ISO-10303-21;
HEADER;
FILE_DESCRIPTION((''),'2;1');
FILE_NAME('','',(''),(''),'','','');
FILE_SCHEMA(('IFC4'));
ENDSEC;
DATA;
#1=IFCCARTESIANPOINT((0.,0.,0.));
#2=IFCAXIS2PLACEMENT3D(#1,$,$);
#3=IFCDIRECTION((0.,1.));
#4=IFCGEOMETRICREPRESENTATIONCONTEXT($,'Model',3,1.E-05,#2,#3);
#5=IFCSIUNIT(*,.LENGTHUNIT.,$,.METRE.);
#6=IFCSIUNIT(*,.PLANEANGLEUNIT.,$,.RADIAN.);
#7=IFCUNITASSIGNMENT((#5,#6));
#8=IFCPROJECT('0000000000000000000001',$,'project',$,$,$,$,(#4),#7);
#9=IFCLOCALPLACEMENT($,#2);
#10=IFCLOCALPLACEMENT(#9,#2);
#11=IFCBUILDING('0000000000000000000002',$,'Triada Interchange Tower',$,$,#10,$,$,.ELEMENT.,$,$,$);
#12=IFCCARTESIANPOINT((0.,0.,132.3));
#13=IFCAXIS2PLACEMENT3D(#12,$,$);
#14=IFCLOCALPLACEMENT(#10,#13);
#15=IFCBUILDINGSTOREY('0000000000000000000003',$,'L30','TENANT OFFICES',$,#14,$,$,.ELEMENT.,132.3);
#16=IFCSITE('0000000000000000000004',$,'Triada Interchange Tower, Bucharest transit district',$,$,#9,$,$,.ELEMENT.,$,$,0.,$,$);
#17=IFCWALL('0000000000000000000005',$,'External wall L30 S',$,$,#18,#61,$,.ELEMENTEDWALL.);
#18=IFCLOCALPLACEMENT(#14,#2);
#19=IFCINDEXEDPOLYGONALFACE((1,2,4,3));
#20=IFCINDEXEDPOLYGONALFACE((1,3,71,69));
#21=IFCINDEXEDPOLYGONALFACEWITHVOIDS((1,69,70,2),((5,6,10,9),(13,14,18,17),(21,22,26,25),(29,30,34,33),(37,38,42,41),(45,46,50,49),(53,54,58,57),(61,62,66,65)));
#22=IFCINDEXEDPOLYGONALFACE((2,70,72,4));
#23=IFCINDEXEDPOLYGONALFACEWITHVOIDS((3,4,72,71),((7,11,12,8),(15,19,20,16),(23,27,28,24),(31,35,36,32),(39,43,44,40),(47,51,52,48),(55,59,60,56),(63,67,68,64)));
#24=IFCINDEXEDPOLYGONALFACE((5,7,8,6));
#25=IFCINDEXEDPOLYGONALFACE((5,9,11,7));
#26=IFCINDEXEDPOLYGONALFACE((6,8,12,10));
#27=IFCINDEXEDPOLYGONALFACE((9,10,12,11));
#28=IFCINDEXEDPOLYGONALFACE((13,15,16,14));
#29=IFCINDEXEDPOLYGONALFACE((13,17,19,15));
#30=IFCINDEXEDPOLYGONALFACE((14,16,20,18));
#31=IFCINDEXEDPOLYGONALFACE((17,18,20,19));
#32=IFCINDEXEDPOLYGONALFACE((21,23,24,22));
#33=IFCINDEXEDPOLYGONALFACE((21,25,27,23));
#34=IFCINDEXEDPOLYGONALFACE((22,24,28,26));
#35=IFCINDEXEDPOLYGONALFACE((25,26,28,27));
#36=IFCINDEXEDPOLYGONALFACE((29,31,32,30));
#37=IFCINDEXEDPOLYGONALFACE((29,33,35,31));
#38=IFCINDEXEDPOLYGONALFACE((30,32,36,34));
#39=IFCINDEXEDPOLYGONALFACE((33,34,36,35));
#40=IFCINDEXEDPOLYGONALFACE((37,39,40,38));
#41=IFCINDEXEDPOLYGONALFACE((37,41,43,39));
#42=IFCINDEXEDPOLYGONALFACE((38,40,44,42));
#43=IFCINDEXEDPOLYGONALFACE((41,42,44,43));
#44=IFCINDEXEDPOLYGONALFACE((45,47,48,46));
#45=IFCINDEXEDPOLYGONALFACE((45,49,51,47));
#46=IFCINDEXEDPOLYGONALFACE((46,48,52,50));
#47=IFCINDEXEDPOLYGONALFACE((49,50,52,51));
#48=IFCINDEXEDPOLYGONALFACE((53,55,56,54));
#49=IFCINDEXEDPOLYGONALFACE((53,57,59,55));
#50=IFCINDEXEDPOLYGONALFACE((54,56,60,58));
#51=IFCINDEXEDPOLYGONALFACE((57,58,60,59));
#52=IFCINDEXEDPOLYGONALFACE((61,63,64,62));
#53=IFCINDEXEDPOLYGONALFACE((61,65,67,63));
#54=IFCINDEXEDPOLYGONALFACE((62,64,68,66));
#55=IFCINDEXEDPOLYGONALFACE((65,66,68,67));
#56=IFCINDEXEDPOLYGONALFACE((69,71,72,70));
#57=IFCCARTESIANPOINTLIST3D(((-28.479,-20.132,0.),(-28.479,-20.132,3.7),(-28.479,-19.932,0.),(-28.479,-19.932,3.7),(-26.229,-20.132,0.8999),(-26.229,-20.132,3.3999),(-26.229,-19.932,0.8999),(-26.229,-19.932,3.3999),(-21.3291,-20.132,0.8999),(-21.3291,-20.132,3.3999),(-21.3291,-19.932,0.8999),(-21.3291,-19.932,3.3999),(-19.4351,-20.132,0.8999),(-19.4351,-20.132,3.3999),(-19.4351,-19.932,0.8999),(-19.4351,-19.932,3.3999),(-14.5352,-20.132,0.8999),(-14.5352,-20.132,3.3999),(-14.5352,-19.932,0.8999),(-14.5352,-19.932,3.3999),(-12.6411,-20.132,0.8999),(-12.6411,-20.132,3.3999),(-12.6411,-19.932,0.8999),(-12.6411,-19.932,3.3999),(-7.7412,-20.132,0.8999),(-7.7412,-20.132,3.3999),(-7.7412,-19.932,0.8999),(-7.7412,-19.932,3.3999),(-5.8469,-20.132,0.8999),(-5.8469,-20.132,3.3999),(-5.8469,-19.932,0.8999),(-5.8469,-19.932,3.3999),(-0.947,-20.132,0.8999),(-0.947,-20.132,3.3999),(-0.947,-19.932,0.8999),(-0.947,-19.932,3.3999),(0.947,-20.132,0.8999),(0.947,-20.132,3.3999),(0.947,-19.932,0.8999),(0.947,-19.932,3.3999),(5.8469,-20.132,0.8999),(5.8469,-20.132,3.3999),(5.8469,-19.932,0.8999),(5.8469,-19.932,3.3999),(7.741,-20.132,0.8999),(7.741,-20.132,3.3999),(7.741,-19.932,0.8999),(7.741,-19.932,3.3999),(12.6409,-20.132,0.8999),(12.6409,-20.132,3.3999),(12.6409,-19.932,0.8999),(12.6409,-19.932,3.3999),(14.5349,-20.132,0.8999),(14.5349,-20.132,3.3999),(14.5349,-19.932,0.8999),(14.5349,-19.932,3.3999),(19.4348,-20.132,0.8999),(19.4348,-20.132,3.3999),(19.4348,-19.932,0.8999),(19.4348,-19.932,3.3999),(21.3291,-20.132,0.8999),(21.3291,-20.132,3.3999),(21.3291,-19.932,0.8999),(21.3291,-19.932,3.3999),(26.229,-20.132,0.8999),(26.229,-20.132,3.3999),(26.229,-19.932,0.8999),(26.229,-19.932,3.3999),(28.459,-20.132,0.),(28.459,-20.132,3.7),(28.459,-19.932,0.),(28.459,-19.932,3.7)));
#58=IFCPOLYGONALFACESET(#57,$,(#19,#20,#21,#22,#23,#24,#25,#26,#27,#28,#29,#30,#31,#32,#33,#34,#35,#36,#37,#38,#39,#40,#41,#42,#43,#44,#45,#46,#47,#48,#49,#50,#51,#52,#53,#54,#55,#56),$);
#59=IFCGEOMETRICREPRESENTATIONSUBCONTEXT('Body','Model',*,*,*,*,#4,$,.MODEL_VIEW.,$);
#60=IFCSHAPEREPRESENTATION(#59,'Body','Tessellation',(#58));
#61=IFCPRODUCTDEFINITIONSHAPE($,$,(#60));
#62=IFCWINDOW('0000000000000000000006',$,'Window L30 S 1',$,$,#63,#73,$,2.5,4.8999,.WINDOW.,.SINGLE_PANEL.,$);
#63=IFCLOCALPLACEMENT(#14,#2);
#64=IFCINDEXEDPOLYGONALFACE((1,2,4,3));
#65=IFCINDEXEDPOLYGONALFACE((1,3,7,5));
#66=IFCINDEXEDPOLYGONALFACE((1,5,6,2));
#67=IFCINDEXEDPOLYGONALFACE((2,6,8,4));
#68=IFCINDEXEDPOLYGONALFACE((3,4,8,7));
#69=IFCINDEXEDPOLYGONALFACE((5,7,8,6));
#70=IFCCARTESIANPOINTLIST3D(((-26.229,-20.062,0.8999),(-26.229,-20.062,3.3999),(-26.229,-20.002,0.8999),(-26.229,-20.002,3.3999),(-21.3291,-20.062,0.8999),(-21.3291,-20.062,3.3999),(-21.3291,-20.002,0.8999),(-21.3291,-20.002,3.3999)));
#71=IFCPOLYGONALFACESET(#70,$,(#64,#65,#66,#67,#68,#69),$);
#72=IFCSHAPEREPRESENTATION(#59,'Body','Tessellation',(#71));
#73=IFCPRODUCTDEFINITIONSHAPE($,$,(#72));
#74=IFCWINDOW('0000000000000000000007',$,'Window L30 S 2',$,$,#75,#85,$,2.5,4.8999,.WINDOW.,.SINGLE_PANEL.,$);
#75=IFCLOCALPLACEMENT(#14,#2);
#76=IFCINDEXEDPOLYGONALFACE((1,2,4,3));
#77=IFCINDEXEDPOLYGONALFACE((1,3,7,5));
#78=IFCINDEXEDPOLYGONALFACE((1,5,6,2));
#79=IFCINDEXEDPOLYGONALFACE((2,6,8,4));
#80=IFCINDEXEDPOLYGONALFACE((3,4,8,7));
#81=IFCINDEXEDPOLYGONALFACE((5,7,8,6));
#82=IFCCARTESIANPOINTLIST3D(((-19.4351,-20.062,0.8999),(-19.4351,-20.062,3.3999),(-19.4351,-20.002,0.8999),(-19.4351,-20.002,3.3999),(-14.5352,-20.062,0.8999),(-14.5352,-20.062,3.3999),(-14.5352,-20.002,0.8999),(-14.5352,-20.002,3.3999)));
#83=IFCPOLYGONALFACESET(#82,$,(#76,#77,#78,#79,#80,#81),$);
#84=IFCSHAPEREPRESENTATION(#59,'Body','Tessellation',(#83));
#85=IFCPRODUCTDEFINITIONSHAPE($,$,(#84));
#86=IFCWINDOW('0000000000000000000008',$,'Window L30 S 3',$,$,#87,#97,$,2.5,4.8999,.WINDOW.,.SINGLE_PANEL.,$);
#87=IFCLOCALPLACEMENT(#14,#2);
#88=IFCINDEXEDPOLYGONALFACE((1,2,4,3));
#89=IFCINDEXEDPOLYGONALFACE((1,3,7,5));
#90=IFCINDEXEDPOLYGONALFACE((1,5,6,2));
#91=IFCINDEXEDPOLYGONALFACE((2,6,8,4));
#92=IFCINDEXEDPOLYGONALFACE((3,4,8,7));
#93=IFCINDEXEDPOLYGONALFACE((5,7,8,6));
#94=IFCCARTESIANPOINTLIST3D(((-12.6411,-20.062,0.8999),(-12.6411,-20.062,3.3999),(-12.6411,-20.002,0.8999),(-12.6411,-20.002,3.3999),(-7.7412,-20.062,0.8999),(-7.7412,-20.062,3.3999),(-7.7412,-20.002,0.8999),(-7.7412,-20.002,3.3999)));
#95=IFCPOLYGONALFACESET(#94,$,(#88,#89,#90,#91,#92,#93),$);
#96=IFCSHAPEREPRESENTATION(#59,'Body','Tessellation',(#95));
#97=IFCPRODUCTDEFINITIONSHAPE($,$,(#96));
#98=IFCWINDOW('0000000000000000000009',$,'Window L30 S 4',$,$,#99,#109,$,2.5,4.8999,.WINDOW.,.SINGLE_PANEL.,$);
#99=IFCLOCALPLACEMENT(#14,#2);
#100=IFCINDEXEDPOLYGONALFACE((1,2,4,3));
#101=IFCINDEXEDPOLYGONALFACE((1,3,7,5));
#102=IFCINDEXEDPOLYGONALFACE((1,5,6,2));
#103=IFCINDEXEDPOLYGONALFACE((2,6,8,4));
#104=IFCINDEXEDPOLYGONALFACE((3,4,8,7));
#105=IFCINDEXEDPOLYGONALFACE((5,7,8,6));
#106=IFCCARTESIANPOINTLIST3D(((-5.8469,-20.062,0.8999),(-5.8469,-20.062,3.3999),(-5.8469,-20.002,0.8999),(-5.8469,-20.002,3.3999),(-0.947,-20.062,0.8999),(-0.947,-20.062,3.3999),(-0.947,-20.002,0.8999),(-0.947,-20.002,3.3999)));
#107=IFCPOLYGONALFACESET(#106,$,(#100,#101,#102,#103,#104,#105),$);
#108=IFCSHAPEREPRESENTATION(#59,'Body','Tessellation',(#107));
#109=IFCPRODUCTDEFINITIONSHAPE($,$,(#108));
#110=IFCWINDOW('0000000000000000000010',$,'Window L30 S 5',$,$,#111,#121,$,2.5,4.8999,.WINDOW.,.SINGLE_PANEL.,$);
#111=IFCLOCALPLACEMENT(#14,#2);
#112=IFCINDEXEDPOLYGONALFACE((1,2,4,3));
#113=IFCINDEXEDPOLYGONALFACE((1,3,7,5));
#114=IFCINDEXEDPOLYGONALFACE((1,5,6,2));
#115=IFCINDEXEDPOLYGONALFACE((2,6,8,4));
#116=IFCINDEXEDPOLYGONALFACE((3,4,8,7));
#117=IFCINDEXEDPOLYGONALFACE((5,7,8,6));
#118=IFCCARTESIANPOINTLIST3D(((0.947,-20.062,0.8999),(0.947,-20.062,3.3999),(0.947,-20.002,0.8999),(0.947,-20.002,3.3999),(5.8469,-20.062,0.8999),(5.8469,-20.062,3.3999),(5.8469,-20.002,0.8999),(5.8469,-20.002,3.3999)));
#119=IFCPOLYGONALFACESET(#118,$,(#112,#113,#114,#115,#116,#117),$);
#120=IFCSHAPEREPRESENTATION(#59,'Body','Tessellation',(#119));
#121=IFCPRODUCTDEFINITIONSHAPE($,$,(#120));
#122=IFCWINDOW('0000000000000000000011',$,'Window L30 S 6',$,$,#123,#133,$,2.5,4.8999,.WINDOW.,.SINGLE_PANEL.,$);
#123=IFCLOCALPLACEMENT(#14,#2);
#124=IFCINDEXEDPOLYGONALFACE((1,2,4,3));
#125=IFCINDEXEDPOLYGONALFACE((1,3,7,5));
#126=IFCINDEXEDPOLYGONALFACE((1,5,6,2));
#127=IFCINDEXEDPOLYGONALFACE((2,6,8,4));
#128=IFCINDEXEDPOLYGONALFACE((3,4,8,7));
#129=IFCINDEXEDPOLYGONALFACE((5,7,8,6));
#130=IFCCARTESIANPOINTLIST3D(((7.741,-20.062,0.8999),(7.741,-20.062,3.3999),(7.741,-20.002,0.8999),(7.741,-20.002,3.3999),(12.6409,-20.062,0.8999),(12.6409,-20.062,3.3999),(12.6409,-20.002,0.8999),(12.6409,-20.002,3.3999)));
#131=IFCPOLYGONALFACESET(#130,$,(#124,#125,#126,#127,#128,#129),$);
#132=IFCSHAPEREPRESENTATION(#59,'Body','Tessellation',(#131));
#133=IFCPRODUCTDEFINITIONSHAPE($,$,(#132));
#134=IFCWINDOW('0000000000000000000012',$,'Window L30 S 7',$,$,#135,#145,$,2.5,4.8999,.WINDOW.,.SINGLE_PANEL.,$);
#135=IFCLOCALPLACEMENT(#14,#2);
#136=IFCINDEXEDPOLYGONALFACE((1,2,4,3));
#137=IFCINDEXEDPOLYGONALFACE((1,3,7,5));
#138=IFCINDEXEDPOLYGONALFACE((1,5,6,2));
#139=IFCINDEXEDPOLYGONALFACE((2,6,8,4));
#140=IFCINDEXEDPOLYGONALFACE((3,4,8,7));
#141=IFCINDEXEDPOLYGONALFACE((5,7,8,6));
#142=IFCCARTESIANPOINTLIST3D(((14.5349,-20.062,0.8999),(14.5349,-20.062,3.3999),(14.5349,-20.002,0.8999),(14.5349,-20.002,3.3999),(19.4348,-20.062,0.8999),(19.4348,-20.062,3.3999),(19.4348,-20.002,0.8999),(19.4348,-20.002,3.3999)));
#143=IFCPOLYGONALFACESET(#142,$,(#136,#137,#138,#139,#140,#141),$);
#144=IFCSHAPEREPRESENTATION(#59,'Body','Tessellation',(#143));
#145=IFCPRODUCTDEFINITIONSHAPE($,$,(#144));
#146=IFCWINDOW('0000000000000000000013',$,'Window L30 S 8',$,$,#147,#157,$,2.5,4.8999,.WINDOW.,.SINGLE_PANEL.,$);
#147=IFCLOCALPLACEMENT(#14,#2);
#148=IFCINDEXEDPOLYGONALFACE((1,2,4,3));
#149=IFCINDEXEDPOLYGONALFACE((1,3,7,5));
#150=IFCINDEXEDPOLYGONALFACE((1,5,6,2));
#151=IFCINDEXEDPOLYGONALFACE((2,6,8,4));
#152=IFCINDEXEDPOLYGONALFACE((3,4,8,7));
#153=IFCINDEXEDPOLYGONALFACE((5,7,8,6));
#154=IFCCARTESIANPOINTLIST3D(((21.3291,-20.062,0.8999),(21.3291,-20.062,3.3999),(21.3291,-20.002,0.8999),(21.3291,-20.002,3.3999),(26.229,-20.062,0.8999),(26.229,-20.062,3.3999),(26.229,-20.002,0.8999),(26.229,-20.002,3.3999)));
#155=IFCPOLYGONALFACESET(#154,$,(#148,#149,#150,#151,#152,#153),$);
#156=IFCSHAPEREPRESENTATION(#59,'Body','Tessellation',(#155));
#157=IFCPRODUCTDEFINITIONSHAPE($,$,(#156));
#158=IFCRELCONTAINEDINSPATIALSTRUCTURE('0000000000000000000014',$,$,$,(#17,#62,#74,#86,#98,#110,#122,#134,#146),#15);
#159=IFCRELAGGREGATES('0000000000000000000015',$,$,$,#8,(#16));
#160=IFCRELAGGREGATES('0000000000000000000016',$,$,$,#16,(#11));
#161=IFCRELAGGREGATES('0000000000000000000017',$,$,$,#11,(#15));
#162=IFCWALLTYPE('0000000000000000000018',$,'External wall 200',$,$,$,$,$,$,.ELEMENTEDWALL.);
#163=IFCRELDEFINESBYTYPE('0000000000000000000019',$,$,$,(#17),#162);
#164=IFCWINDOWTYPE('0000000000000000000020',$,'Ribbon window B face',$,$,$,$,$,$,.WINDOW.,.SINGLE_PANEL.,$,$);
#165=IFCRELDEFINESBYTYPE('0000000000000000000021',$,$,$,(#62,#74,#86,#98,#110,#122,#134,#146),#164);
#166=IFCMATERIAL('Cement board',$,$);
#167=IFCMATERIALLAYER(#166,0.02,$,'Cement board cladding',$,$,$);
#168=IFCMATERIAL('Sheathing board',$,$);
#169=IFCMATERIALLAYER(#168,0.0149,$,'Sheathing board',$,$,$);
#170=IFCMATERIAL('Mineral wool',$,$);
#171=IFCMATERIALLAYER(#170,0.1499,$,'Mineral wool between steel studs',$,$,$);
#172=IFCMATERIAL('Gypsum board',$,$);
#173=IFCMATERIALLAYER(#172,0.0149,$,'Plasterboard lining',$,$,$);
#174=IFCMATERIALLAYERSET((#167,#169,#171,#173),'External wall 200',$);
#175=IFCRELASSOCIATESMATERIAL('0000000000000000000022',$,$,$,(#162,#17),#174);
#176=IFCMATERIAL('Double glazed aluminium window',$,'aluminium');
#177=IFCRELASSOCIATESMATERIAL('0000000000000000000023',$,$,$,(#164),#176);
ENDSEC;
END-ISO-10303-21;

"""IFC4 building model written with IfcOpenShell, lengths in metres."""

from ifc_helpers import new_model, si_unit, direction, frame, frame_2d, origin, place, context, subcontext, project, spatial, rectangle, extrude, material, layer, layer_set, layer_usage, type_object, element, fill, save


model = new_model("IFC4")

# Units and contexts
model_context = context("Model", 3, precision=1e-05, world=origin(), true_north=direction((0.0, 1.0)))
body_context = subcontext(model_context, "Body", "Model", "MODEL_VIEW")
ifc_project = project(units=[si_unit("LENGTHUNIT", "METRE"), si_unit("PLANEANGLEUNIT", "RADIAN")], contexts=[model_context])

# Site, building, storey
site_placement = place(None, origin())
site = spatial("IfcSite", under=ifc_project, at=site_placement, Name="Triada Interchange Tower, Bucharest transit district", CompositionType="ELEMENT", RefElevation=0.0)
building_placement = place(site_placement, origin())
building = spatial("IfcBuilding", under=site, at=building_placement, Name="Triada Interchange Tower", CompositionType="ELEMENT")
storey_placement = place(building_placement, frame((0.0, 0.0, 132.3)))
storey = spatial("IfcBuildingStorey", under=building, at=storey_placement, Name="L30", Description="TENANT OFFICES", CompositionType="ELEMENT", Elevation=132.3)

# Shared definitions
ifc_material_1 = material(Name="Cement board")
ifc_layer_1 = layer(ifc_material_1, 0.02, Name="Cement board cladding")
ifc_material_2 = material(Name="Sheathing board")
ifc_layer_2 = layer(ifc_material_2, 0.0149, Name="Sheathing board")
ifc_material_3 = material(Name="Mineral wool")
ifc_layer_3 = layer(ifc_material_3, 0.1499, Name="Mineral wool between steel studs")
ifc_material_4 = material(Name="Gypsum board")
ifc_layer_4 = layer(ifc_material_4, 0.0149, Name="Plasterboard lining")
ifc_layer_set_1 = layer_set([ifc_layer_1, ifc_layer_2, ifc_layer_3, ifc_layer_4], Name="External wall 200")
ifc_layer_usage = layer_usage(ifc_layer_set_1, "AXIS2", "POSITIVE", -0.1001)
wall_type_1 = type_object("IfcWallType", Name="External wall 200", PredefinedType="ELEMENTEDWALL", material=ifc_layer_set_1)
ifc_material_5 = material(Name="Double glazed aluminium window", Category="aluminium")

# Wall, openings, windows
wall_1_placement = place(storey_placement, frame((-28.479, -20.032, 0.0), z_axis=(0.0, 0.0, 1.0), x_axis=(1.0, 0.0, 0.0)))
wall_1 = element("IfcWall", 1, at=wall_1_placement, inside=storey, type_object=wall_type_1, material=ifc_layer_usage, Name="External wall L30 S", PredefinedType="ELEMENTEDWALL", context=body_context, shape_type="SweptSolid", body=[
    extrude(rectangle(XDim=56.938, YDim=0.2, at=frame_2d((28.469, 0.0))), origin(), (0.0, 0.0, 1.0), 3.7),
])
opening_1_placement = place(wall_1_placement, frame((2.25, 0.0, 0.8999)))
opening_1 = element("IfcOpeningElement", 2, at=opening_1_placement, cuts=wall_1, PredefinedType="OPENING", context=body_context, shape_type="SweptSolid", body=[
    extrude(rectangle(XDim=4.8999, YDim=2.5, at=frame_2d((2.45, 1.25))), frame((0.0, 0.1099, 0.0), z_axis=(0.0, -1.0, 0.0), x_axis=(1.0, 0.0, 0.0)), (0.0, 0.0, 1.0), 0.22),
])
opening_2_placement = place(wall_1_placement, frame((9.0439, 0.0, 0.8999)))
opening_2 = element("IfcOpeningElement", 3, at=opening_2_placement, cuts=wall_1, PredefinedType="OPENING", context=body_context, shape_type="SweptSolid", body=[
    extrude(rectangle(XDim=4.8999, YDim=2.5, at=frame_2d((2.45, 1.25))), frame((0.0, 0.1099, 0.0), z_axis=(0.0, -1.0, 0.0), x_axis=(1.0, 0.0, 0.0)), (0.0, 0.0, 1.0), 0.22),
])
opening_3_placement = place(wall_1_placement, frame((15.8379, 0.0, 0.8999)))
opening_3 = element("IfcOpeningElement", 4, at=opening_3_placement, cuts=wall_1, PredefinedType="OPENING", context=body_context, shape_type="SweptSolid", body=[
    extrude(rectangle(XDim=4.8999, YDim=2.5, at=frame_2d((2.45, 1.25))), frame((0.0, 0.1099, 0.0), z_axis=(0.0, -1.0, 0.0), x_axis=(1.0, 0.0, 0.0)), (0.0, 0.0, 1.0), 0.22),
])
opening_4_placement = place(wall_1_placement, frame((22.6321, 0.0, 0.8999)))
opening_4 = element("IfcOpeningElement", 5, at=opening_4_placement, cuts=wall_1, PredefinedType="OPENING", context=body_context, shape_type="SweptSolid", body=[
    extrude(rectangle(XDim=4.8999, YDim=2.5, at=frame_2d((2.45, 1.25))), frame((0.0, 0.1099, 0.0), z_axis=(0.0, -1.0, 0.0), x_axis=(1.0, 0.0, 0.0)), (0.0, 0.0, 1.0), 0.22),
])
opening_5_placement = place(wall_1_placement, frame((29.426, 0.0, 0.8999)))
opening_5 = element("IfcOpeningElement", 6, at=opening_5_placement, cuts=wall_1, PredefinedType="OPENING", context=body_context, shape_type="SweptSolid", body=[
    extrude(rectangle(XDim=4.8999, YDim=2.5, at=frame_2d((2.45, 1.25))), frame((0.0, 0.1099, 0.0), z_axis=(0.0, -1.0, 0.0), x_axis=(1.0, 0.0, 0.0)), (0.0, 0.0, 1.0), 0.22),
])
opening_6_placement = place(wall_1_placement, frame((36.22, 0.0, 0.8999)))
opening_6 = element("IfcOpeningElement", 7, at=opening_6_placement, cuts=wall_1, PredefinedType="OPENING", context=body_context, shape_type="SweptSolid", body=[
    extrude(rectangle(XDim=4.8999, YDim=2.5, at=frame_2d((2.45, 1.25))), frame((0.0, 0.1099, 0.0), z_axis=(0.0, -1.0, 0.0), x_axis=(1.0, 0.0, 0.0)), (0.0, 0.0, 1.0), 0.22),
])
opening_7_placement = place(wall_1_placement, frame((43.0139, 0.0, 0.8999)))
opening_7 = element("IfcOpeningElement", 8, at=opening_7_placement, cuts=wall_1, PredefinedType="OPENING", context=body_context, shape_type="SweptSolid", body=[
    extrude(rectangle(XDim=4.8999, YDim=2.5, at=frame_2d((2.45, 1.25))), frame((0.0, 0.1099, 0.0), z_axis=(0.0, -1.0, 0.0), x_axis=(1.0, 0.0, 0.0)), (0.0, 0.0, 1.0), 0.22),
])
opening_8_placement = place(wall_1_placement, frame((49.8081, 0.0, 0.8999)))
opening_8 = element("IfcOpeningElement", 9, at=opening_8_placement, cuts=wall_1, PredefinedType="OPENING", context=body_context, shape_type="SweptSolid", body=[
    extrude(rectangle(XDim=4.8999, YDim=2.5, at=frame_2d((2.45, 1.25))), frame((0.0, 0.1099, 0.0), z_axis=(0.0, -1.0, 0.0), x_axis=(1.0, 0.0, 0.0)), (0.0, 0.0, 1.0), 0.22),
])
window_type_1 = type_object("IfcWindowType", Name="Ribbon window B face", PartitioningType="SINGLE_PANEL", PredefinedType="WINDOW", material=ifc_material_5)
window_1_placement = place(opening_1_placement, origin())
window_1 = element("IfcWindow", 10, at=window_1_placement, inside=storey, type_object=window_type_1, Name="Window L30 S 1", OverallHeight=2.5, OverallWidth=4.8999, PartitioningType="SINGLE_PANEL", PredefinedType="WINDOW", context=body_context, shape_type="SweptSolid", body=[
    extrude(rectangle(XDim=4.8999, YDim=2.5, at=frame_2d((2.45, 1.25))), frame((0.0, 0.03, 0.0), z_axis=(0.0, -1.0, 0.0), x_axis=(1.0, 0.0, 0.0)), (0.0, 0.0, 1.0), 0.0601),
])
fill(opening_1, window_1)
window_2_placement = place(opening_2_placement, origin())
window_2 = element("IfcWindow", 11, at=window_2_placement, inside=storey, type_object=window_type_1, Name="Window L30 S 2", OverallHeight=2.5, OverallWidth=4.8999, PartitioningType="SINGLE_PANEL", PredefinedType="WINDOW", context=body_context, shape_type="SweptSolid", body=[
    extrude(rectangle(XDim=4.8999, YDim=2.5, at=frame_2d((2.45, 1.25))), frame((0.0, 0.03, 0.0), z_axis=(0.0, -1.0, 0.0), x_axis=(1.0, 0.0, 0.0)), (0.0, 0.0, 1.0), 0.0601),
])
fill(opening_2, window_2)
window_3_placement = place(opening_3_placement, origin())
window_3 = element("IfcWindow", 12, at=window_3_placement, inside=storey, type_object=window_type_1, Name="Window L30 S 3", OverallHeight=2.5, OverallWidth=4.8999, PartitioningType="SINGLE_PANEL", PredefinedType="WINDOW", context=body_context, shape_type="SweptSolid", body=[
    extrude(rectangle(XDim=4.8999, YDim=2.5, at=frame_2d((2.45, 1.25))), frame((0.0, 0.03, 0.0), z_axis=(0.0, -1.0, 0.0), x_axis=(1.0, 0.0, 0.0)), (0.0, 0.0, 1.0), 0.0601),
])
fill(opening_3, window_3)
window_4_placement = place(opening_4_placement, origin())
window_4 = element("IfcWindow", 13, at=window_4_placement, inside=storey, type_object=window_type_1, Name="Window L30 S 4", OverallHeight=2.5, OverallWidth=4.8999, PartitioningType="SINGLE_PANEL", PredefinedType="WINDOW", context=body_context, shape_type="SweptSolid", body=[
    extrude(rectangle(XDim=4.8999, YDim=2.5, at=frame_2d((2.45, 1.25))), frame((0.0, 0.03, 0.0), z_axis=(0.0, -1.0, 0.0), x_axis=(1.0, 0.0, 0.0)), (0.0, 0.0, 1.0), 0.0601),
])
fill(opening_4, window_4)
window_5_placement = place(opening_5_placement, origin())
window_5 = element("IfcWindow", 14, at=window_5_placement, inside=storey, type_object=window_type_1, Name="Window L30 S 5", OverallHeight=2.5, OverallWidth=4.8999, PartitioningType="SINGLE_PANEL", PredefinedType="WINDOW", context=body_context, shape_type="SweptSolid", body=[
    extrude(rectangle(XDim=4.8999, YDim=2.5, at=frame_2d((2.45, 1.25))), frame((0.0, 0.03, 0.0), z_axis=(0.0, -1.0, 0.0), x_axis=(1.0, 0.0, 0.0)), (0.0, 0.0, 1.0), 0.0601),
])
fill(opening_5, window_5)
window_6_placement = place(opening_6_placement, origin())
window_6 = element("IfcWindow", 15, at=window_6_placement, inside=storey, type_object=window_type_1, Name="Window L30 S 6", OverallHeight=2.5, OverallWidth=4.8999, PartitioningType="SINGLE_PANEL", PredefinedType="WINDOW", context=body_context, shape_type="SweptSolid", body=[
    extrude(rectangle(XDim=4.8999, YDim=2.5, at=frame_2d((2.45, 1.25))), frame((0.0, 0.03, 0.0), z_axis=(0.0, -1.0, 0.0), x_axis=(1.0, 0.0, 0.0)), (0.0, 0.0, 1.0), 0.0601),
])
fill(opening_6, window_6)
window_7_placement = place(opening_7_placement, origin())
window_7 = element("IfcWindow", 16, at=window_7_placement, inside=storey, type_object=window_type_1, Name="Window L30 S 7", OverallHeight=2.5, OverallWidth=4.8999, PartitioningType="SINGLE_PANEL", PredefinedType="WINDOW", context=body_context, shape_type="SweptSolid", body=[
    extrude(rectangle(XDim=4.8999, YDim=2.5, at=frame_2d((2.45, 1.25))), frame((0.0, 0.03, 0.0), z_axis=(0.0, -1.0, 0.0), x_axis=(1.0, 0.0, 0.0)), (0.0, 0.0, 1.0), 0.0601),
])
fill(opening_7, window_7)
window_8_placement = place(opening_8_placement, origin())
window_8 = element("IfcWindow", 17, at=window_8_placement, inside=storey, type_object=window_type_1, Name="Window L30 S 8", OverallHeight=2.5, OverallWidth=4.8999, PartitioningType="SINGLE_PANEL", PredefinedType="WINDOW", context=body_context, shape_type="SweptSolid", body=[
    extrude(rectangle(XDim=4.8999, YDim=2.5, at=frame_2d((2.45, 1.25))), frame((0.0, 0.03, 0.0), z_axis=(0.0, -1.0, 0.0), x_axis=(1.0, 0.0, 0.0)), (0.0, 0.0, 1.0), 0.0601),
])
fill(opening_8, window_8)

save(model, "model.ifc")
